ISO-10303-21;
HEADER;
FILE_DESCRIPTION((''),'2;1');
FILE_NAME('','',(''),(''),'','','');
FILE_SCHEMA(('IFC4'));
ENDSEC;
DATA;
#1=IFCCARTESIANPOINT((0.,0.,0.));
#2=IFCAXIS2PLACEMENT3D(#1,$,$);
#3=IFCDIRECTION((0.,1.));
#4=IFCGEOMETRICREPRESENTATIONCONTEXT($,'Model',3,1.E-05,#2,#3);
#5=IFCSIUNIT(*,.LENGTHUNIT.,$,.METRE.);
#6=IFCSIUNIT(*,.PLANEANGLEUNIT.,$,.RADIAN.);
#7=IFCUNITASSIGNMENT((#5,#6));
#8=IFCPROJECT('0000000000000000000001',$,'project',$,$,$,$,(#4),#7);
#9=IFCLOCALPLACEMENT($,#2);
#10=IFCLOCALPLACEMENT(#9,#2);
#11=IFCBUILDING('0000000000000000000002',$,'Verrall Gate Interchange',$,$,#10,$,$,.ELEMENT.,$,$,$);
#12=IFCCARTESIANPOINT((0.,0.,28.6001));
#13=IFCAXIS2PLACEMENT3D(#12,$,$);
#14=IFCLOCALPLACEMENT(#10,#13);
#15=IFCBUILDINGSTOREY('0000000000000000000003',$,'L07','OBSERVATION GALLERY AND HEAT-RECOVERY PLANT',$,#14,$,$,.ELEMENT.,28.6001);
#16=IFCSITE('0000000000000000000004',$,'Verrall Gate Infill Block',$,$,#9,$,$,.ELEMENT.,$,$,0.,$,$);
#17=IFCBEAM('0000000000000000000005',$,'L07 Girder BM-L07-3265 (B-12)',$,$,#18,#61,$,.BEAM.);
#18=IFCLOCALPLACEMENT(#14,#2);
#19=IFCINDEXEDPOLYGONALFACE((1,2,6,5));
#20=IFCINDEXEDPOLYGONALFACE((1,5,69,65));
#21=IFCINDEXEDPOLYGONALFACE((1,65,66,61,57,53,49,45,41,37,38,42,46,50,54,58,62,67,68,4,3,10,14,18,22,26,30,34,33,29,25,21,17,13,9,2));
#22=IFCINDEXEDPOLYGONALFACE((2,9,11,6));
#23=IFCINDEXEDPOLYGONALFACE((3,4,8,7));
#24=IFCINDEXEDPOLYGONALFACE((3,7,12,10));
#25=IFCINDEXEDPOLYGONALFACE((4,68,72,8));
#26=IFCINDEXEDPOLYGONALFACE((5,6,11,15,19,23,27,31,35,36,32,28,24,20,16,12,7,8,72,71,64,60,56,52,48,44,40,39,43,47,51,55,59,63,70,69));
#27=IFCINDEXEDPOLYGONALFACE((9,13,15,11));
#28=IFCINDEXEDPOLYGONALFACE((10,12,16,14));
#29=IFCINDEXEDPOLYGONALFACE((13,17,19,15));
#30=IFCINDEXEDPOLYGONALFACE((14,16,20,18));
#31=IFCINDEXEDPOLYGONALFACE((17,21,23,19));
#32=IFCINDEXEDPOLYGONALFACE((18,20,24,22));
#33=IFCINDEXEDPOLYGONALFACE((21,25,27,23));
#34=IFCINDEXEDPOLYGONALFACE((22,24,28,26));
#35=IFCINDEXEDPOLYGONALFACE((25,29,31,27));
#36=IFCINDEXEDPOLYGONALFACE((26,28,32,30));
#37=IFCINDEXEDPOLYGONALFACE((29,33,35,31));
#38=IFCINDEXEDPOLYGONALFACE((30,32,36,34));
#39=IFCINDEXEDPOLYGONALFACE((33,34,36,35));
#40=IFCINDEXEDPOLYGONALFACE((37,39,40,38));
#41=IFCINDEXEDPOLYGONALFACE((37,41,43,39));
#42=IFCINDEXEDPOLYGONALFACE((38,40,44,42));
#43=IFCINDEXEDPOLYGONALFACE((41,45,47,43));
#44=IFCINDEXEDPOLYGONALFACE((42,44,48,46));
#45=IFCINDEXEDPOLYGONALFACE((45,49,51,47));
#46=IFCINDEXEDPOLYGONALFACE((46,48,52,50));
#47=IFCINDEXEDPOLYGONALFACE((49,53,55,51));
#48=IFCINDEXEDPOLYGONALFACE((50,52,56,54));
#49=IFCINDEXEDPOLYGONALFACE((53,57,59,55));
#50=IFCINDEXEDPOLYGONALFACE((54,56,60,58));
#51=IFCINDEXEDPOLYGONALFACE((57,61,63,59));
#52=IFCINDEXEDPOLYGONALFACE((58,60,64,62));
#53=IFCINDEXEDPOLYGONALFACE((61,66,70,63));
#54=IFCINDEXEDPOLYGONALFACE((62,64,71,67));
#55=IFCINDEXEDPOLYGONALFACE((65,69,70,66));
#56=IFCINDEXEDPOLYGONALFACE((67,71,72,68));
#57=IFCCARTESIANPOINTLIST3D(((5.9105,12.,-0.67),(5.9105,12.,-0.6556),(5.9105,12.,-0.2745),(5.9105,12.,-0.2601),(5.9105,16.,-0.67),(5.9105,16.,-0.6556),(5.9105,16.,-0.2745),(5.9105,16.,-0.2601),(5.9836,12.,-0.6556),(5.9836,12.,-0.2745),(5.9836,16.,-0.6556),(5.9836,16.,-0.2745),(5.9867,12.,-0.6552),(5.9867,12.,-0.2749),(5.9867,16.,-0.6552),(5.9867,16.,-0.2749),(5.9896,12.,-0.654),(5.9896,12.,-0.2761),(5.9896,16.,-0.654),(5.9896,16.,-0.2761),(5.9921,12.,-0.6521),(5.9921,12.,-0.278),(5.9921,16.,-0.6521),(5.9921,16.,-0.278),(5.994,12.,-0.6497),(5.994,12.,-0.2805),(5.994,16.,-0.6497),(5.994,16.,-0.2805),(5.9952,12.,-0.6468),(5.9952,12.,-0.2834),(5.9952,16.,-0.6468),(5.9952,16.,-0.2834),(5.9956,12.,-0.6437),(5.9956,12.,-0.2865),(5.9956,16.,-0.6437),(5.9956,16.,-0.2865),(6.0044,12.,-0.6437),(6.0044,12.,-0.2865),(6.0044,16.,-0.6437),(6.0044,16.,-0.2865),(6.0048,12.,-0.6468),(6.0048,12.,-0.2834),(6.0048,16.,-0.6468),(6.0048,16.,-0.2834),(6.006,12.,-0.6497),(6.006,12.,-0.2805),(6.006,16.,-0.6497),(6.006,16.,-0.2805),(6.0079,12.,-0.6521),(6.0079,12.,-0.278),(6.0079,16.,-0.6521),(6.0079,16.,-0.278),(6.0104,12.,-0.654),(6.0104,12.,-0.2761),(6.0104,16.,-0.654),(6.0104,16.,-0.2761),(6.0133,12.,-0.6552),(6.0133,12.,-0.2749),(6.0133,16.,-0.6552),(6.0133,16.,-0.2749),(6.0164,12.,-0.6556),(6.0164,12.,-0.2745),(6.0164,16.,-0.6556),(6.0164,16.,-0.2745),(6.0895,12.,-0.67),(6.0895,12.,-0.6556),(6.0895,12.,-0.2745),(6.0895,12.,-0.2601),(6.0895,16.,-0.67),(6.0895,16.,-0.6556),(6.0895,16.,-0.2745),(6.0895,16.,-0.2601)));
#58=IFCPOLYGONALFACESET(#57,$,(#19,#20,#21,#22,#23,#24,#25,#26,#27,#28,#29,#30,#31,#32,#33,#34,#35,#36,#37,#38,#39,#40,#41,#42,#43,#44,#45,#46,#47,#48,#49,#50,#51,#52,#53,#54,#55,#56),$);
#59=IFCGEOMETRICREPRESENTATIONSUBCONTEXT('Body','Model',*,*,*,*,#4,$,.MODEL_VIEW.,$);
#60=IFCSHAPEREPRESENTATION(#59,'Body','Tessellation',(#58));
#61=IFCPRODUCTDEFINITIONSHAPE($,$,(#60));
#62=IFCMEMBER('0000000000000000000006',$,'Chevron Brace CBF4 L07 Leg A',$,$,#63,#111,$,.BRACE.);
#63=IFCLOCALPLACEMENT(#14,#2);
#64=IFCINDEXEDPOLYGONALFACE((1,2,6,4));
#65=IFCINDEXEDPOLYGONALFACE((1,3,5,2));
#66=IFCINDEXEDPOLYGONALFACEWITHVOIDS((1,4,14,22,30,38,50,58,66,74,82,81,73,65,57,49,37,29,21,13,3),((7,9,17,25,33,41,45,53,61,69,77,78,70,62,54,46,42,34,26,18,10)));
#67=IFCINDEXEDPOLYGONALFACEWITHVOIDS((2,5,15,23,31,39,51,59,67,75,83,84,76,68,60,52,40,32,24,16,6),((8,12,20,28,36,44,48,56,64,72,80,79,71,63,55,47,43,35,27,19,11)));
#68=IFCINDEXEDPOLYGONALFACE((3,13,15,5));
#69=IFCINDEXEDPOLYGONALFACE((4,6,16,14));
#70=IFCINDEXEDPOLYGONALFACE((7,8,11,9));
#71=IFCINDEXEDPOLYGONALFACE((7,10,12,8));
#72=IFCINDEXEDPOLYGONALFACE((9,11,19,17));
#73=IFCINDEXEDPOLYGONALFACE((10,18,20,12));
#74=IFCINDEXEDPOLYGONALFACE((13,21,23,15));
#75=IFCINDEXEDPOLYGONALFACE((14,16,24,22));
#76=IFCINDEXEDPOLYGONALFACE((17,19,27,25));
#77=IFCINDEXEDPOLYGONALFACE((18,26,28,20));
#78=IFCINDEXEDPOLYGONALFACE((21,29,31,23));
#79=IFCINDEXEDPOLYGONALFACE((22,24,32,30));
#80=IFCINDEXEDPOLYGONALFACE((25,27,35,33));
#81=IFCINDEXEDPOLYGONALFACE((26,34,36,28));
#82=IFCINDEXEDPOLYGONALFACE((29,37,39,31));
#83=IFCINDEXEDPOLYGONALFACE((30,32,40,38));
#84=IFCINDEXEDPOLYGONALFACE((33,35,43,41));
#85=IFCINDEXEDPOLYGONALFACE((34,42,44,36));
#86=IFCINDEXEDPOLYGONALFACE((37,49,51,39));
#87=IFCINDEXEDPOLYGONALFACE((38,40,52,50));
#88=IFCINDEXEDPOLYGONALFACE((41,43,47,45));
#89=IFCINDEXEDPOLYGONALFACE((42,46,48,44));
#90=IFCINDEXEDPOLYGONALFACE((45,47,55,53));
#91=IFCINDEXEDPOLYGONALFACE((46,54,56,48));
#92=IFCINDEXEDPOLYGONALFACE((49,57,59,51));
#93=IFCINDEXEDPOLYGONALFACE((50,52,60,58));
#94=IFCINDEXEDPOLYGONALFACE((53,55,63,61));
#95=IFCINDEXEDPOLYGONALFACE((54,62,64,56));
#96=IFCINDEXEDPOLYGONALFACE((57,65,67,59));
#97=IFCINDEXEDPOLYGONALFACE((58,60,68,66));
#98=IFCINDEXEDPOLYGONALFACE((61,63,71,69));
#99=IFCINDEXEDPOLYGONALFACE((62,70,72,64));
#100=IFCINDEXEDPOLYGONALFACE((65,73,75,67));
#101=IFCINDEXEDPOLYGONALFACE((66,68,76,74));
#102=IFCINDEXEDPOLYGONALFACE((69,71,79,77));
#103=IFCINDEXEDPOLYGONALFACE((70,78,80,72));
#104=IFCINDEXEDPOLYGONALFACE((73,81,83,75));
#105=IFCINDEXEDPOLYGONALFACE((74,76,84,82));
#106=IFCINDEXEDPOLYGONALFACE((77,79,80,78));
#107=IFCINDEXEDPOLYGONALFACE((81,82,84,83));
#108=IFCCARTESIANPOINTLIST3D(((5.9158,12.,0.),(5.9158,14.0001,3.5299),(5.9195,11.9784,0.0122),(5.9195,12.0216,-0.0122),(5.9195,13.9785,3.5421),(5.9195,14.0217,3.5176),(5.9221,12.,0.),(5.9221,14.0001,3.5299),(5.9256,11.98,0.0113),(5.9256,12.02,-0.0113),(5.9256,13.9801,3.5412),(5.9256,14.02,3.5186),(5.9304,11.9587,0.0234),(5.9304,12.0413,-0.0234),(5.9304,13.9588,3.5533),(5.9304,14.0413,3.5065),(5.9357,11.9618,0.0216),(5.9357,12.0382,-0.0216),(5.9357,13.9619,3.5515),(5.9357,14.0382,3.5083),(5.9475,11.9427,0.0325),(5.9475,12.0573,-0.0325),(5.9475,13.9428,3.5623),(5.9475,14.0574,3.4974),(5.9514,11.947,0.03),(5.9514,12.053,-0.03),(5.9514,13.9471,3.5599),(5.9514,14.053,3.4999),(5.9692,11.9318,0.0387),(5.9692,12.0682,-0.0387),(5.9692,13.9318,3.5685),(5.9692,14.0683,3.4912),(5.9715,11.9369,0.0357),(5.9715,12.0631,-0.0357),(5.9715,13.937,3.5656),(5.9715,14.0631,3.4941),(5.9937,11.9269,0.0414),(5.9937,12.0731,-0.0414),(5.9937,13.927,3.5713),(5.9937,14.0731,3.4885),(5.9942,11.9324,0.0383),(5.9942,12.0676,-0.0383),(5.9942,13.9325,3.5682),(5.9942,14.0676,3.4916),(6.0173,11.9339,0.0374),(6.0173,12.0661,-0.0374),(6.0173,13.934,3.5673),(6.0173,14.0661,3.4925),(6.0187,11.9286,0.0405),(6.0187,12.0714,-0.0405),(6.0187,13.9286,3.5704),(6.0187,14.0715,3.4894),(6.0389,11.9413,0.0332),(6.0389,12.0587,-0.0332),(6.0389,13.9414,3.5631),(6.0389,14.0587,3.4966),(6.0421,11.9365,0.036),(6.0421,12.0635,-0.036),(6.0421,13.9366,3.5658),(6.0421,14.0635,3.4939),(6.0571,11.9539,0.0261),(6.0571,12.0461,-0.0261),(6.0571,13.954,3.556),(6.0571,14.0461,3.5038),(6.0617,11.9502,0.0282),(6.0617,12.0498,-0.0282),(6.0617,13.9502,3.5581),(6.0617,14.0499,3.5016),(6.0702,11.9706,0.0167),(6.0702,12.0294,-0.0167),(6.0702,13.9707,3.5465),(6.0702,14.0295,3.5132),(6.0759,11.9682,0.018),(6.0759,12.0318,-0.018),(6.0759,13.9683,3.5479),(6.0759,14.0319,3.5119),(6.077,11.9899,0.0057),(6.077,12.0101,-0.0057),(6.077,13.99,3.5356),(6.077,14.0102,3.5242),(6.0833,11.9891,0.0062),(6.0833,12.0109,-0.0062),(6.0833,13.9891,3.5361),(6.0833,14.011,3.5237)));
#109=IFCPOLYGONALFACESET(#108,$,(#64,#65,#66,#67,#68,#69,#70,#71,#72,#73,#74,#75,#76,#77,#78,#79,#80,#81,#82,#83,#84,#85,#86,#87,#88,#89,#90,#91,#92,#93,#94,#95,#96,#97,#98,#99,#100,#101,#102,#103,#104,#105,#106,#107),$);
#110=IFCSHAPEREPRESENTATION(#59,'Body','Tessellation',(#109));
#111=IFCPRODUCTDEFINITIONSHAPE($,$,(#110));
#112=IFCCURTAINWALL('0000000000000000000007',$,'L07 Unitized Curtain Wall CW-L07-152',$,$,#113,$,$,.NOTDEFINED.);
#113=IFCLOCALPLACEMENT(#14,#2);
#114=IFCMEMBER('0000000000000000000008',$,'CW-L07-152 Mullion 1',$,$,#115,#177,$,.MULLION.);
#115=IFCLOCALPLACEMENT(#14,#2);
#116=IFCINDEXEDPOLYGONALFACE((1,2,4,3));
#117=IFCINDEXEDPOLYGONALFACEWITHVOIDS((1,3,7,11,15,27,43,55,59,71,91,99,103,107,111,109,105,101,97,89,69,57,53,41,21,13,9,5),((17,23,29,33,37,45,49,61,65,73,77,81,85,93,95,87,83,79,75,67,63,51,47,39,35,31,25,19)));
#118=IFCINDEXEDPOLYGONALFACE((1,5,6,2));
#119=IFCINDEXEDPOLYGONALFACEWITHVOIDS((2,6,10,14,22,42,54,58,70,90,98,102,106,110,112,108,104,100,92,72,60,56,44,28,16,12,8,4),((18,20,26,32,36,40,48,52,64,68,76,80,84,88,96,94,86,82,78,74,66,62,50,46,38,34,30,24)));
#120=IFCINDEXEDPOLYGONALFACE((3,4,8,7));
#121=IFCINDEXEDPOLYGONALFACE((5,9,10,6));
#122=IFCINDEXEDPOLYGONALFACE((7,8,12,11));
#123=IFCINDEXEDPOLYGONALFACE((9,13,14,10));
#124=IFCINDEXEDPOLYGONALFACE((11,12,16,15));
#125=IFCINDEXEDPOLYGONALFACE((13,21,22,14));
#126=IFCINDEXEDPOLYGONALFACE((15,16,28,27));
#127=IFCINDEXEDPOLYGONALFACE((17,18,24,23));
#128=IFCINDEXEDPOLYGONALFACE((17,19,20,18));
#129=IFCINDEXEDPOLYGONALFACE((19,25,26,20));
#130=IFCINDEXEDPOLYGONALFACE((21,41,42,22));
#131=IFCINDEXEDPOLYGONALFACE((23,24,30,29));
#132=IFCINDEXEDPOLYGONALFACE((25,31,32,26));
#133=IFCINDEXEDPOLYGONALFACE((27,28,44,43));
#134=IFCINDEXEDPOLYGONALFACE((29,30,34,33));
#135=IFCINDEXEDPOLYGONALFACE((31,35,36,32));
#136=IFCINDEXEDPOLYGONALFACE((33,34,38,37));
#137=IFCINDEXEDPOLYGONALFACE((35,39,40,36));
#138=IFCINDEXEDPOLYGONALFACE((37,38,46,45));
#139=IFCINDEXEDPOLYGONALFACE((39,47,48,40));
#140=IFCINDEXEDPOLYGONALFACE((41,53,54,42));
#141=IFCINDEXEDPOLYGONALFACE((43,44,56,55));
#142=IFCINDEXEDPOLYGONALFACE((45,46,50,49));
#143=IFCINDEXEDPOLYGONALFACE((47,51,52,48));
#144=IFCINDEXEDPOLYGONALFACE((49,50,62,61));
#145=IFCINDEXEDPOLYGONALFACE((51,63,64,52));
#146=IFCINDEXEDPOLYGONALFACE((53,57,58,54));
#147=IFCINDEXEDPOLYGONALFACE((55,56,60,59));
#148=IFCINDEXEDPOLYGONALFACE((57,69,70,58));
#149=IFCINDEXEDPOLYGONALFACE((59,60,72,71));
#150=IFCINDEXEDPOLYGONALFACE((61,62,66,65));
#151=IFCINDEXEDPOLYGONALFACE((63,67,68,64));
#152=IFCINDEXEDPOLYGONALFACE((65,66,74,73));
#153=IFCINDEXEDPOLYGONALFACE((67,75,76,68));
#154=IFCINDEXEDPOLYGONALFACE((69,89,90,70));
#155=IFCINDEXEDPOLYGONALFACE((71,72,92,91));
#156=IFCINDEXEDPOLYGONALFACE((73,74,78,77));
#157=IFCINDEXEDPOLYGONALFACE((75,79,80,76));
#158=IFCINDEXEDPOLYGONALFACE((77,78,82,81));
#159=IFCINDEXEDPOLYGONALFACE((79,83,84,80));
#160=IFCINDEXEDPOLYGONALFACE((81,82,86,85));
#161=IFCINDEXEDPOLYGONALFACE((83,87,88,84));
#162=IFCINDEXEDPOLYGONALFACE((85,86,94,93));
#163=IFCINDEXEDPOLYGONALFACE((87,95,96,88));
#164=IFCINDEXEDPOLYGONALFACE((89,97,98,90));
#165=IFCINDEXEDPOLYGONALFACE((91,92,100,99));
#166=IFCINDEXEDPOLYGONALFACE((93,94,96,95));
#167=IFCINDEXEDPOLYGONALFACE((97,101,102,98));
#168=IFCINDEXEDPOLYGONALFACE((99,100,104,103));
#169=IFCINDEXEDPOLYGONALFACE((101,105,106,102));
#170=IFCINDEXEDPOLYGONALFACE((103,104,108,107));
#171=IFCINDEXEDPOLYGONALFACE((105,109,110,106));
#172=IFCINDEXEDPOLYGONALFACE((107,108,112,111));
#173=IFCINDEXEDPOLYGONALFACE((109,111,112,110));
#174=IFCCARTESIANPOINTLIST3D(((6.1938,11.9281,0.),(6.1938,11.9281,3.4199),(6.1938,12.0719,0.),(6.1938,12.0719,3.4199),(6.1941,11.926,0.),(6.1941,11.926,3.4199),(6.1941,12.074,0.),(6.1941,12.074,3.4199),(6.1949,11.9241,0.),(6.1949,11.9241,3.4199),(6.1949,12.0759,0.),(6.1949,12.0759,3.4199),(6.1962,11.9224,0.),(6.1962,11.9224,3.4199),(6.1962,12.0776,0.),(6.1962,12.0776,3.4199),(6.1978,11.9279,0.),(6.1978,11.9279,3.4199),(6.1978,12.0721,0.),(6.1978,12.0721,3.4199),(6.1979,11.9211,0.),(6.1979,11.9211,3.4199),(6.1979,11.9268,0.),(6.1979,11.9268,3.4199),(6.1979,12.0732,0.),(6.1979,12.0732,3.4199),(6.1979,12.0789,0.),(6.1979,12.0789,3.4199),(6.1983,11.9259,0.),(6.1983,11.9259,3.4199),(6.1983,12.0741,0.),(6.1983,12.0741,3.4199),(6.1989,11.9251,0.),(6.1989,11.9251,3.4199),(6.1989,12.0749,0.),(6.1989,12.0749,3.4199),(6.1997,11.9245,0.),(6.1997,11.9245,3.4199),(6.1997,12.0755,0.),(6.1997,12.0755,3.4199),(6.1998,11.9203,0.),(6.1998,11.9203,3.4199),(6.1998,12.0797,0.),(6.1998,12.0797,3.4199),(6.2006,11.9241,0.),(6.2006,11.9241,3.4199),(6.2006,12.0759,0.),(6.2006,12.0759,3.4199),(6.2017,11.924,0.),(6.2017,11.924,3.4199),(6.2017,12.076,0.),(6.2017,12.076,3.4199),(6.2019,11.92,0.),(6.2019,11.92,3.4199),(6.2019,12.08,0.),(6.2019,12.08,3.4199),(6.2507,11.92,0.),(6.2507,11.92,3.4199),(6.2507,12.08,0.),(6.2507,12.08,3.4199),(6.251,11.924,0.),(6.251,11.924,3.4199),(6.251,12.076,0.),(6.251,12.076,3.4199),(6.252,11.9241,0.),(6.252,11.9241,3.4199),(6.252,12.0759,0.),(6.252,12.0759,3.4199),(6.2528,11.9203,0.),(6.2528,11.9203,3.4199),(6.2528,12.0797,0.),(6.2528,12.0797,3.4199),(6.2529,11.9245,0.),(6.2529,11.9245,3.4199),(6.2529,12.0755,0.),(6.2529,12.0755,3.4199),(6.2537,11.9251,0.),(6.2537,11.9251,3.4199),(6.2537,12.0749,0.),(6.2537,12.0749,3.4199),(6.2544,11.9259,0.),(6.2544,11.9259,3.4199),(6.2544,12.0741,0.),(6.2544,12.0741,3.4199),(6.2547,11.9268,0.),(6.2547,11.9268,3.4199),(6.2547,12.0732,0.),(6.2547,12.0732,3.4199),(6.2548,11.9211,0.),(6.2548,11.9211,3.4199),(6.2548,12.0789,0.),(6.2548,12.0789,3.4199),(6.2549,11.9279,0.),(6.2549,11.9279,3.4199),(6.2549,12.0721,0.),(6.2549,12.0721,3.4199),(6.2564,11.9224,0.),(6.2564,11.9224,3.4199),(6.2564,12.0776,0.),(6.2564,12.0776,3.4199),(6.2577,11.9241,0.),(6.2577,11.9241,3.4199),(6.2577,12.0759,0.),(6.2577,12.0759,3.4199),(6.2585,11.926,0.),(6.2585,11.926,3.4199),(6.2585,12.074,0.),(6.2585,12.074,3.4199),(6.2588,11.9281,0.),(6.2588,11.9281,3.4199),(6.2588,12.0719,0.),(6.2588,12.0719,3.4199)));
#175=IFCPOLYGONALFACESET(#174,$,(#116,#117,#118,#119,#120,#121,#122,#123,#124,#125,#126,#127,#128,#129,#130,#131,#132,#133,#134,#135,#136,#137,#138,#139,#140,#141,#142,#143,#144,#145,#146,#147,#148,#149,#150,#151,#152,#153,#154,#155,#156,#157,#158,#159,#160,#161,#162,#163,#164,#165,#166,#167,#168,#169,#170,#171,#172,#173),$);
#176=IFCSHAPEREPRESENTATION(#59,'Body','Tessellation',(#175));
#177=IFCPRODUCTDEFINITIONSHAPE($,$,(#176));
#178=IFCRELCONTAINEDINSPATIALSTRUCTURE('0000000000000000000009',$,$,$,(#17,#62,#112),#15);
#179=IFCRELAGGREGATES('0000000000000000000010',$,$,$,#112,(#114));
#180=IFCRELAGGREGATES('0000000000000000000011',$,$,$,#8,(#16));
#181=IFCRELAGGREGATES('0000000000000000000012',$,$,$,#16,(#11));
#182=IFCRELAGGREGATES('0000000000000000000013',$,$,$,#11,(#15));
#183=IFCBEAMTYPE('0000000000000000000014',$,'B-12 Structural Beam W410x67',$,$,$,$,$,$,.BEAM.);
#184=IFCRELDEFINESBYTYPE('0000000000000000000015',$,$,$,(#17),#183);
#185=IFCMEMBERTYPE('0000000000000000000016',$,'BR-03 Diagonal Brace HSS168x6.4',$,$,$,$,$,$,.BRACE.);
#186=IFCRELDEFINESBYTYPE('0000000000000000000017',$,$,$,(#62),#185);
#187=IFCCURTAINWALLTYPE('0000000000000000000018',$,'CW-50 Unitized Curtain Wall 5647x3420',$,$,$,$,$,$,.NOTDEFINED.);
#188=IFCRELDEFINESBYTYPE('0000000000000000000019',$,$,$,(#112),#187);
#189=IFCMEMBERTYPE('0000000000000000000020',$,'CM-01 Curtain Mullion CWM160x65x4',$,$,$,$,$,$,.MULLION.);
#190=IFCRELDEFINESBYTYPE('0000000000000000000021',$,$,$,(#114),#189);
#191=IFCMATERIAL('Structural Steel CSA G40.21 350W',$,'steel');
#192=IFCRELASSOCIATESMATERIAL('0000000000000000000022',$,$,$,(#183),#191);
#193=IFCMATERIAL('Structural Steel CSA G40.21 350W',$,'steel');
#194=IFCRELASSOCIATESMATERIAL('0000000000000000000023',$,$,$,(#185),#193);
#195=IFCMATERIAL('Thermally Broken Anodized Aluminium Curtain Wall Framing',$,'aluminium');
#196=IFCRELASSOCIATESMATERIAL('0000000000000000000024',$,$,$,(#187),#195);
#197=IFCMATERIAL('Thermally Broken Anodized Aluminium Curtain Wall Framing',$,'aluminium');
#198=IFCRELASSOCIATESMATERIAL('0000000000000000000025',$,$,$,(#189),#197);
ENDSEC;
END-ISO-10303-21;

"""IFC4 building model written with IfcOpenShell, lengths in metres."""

from ifc_helpers import new_model, si_unit, direction, frame, origin, origin_2d, place, context, subcontext, project, spatial, hollow_rectangle, hollow_circle, i_section, extrude, material, material_profile, profile_set, type_object, element, aggregate, save


model = new_model("IFC4")

# Units and contexts
model_context = context("Model", 3, precision=1e-05, world=origin(), true_north=direction((0.0, 1.0)))
body_context = subcontext(model_context, "Body", "Model", "MODEL_VIEW")
ifc_project = project(units=[si_unit("LENGTHUNIT", "METRE"), si_unit("PLANEANGLEUNIT", "RADIAN")], contexts=[model_context])

# Site, building, storey
site_placement = place(None, origin())
site = spatial("IfcSite", under=ifc_project, at=site_placement, Name="Verrall Gate Infill Block", CompositionType="ELEMENT", RefElevation=0.0)
building_placement = place(site_placement, origin())
building = spatial("IfcBuilding", under=site, at=building_placement, Name="Verrall Gate Interchange", CompositionType="ELEMENT")
storey_placement = place(building_placement, frame((0.0, 0.0, 28.6001)))
storey = spatial("IfcBuildingStorey", under=building, at=storey_placement, Name="L07", Description="OBSERVATION GALLERY AND HEAT-RECOVERY PLANT", CompositionType="ELEMENT", Elevation=28.6001)

# Beam
ifc_material_1 = material(Name="Structural Steel CSA G40.21 350W", Category="steel")
ifc_material_profile_1 = material_profile(ifc_material_1, i_section(OverallWidth=0.179, OverallDepth=0.4099, WebThickness=0.0088, FlangeThickness=0.0144, FilletRadius=0.012, at=origin_2d()), Name="W410x67")
ifc_profile_set_1 = profile_set([ifc_material_profile_1], Name="Structural Steel CSA G40.21 350W")
beam_type = type_object("IfcBeamType", Name="B-12 Structural Beam W410x67", PredefinedType="BEAM", material=ifc_profile_set_1)
beam_placement = place(storey_placement, frame((6.0, 12.0, -0.4651), z_axis=(0.0, 1.0, 0.0), x_axis=(-1.0, 0.0, 0.0)))
element("IfcBeam", 1, at=beam_placement, inside=storey, type_object=beam_type, Name="L07 Girder BM-L07-3265 (B-12)", PredefinedType="BEAM", context=body_context, shape_type="SweptSolid", body=[
    extrude(i_section(OverallWidth=0.179, OverallDepth=0.4099, WebThickness=0.0088, FlangeThickness=0.0144, FilletRadius=0.012, at=origin_2d()), origin(), (0.0, 0.0, 1.0), 4.0),
])

# Member
ifc_material_2 = material(Name="Structural Steel CSA G40.21 350W", Category="steel")
ifc_material_profile_2 = material_profile(ifc_material_2, hollow_circle(Radius=0.0842, WallThickness=0.0063, at=origin_2d()), Name="HSS168x6.4")
ifc_profile_set_2 = profile_set([ifc_material_profile_2], Name="Structural Steel CSA G40.21 350W")
member_type_1 = type_object("IfcMemberType", Name="BR-03 Diagonal Brace HSS168x6.4", PredefinedType="BRACE", material=ifc_profile_set_2)
member_1_placement = place(storey_placement, frame((6.0, 12.0, 0.0), z_axis=(0.0, 0.492973, 0.870045), x_axis=(-1.0, 0.0, 0.0)))
element("IfcMember", 2, at=member_1_placement, inside=storey, type_object=member_type_1, Name="Chevron Brace CBF4 L07 Leg A", PredefinedType="BRACE", context=body_context, shape_type="SweptSolid", body=[
    extrude(hollow_circle(Radius=0.0842, WallThickness=0.0063, at=origin_2d()), origin(), (0.0, 0.0, 1.0), 4.0571),
])

# Curtain wall, member
ifc_material_3 = material(Name="Thermally Broken Anodized Aluminium Curtain Wall Framing", Category="aluminium")
curtain_wall_type = type_object("IfcCurtainWallType", Name="CW-50 Unitized Curtain Wall 5647x3420", PredefinedType="NOTDEFINED", material=ifc_material_3)
curtain_wall_placement = place(storey_placement, origin())
curtain_wall = element("IfcCurtainWall", 3, at=curtain_wall_placement, inside=storey, type_object=curtain_wall_type, Name="L07 Unitized Curtain Wall CW-L07-152", PredefinedType="NOTDEFINED")
ifc_material_4 = material(Name="Thermally Broken Anodized Aluminium Curtain Wall Framing", Category="aluminium")
ifc_material_profile_3 = material_profile(ifc_material_4, hollow_rectangle(XDim=0.0649, YDim=0.1599, WallThickness=0.0039, InnerFilletRadius=0.0039, OuterFilletRadius=0.0081, at=origin_2d()), Name="CWM160x65x4")
ifc_profile_set_3 = profile_set([ifc_material_profile_3], Name="Thermally Broken Anodized Aluminium Curtain Wall Framing")
member_type_2 = type_object("IfcMemberType", Name="CM-01 Curtain Mullion CWM160x65x4", PredefinedType="MULLION", material=ifc_profile_set_3)
member_2_placement = place(storey_placement, frame((6.2263, 12.0, 0.0), z_axis=(0.0, 0.0, 1.0), x_axis=(1.0, 0.0, 0.0)))
member_2 = element("IfcMember", 4, at=member_2_placement, type_object=member_type_2, Name="CW-L07-152 Mullion 1", PredefinedType="MULLION", context=body_context, shape_type="SweptSolid", body=[
    extrude(hollow_rectangle(XDim=0.0649, YDim=0.1599, WallThickness=0.0039, InnerFilletRadius=0.0039, OuterFilletRadius=0.0081, at=origin_2d()), origin(), (0.0, 0.0, 1.0), 3.4199),
])
aggregate(curtain_wall, [member_2])

save(model, "model.ifc")
